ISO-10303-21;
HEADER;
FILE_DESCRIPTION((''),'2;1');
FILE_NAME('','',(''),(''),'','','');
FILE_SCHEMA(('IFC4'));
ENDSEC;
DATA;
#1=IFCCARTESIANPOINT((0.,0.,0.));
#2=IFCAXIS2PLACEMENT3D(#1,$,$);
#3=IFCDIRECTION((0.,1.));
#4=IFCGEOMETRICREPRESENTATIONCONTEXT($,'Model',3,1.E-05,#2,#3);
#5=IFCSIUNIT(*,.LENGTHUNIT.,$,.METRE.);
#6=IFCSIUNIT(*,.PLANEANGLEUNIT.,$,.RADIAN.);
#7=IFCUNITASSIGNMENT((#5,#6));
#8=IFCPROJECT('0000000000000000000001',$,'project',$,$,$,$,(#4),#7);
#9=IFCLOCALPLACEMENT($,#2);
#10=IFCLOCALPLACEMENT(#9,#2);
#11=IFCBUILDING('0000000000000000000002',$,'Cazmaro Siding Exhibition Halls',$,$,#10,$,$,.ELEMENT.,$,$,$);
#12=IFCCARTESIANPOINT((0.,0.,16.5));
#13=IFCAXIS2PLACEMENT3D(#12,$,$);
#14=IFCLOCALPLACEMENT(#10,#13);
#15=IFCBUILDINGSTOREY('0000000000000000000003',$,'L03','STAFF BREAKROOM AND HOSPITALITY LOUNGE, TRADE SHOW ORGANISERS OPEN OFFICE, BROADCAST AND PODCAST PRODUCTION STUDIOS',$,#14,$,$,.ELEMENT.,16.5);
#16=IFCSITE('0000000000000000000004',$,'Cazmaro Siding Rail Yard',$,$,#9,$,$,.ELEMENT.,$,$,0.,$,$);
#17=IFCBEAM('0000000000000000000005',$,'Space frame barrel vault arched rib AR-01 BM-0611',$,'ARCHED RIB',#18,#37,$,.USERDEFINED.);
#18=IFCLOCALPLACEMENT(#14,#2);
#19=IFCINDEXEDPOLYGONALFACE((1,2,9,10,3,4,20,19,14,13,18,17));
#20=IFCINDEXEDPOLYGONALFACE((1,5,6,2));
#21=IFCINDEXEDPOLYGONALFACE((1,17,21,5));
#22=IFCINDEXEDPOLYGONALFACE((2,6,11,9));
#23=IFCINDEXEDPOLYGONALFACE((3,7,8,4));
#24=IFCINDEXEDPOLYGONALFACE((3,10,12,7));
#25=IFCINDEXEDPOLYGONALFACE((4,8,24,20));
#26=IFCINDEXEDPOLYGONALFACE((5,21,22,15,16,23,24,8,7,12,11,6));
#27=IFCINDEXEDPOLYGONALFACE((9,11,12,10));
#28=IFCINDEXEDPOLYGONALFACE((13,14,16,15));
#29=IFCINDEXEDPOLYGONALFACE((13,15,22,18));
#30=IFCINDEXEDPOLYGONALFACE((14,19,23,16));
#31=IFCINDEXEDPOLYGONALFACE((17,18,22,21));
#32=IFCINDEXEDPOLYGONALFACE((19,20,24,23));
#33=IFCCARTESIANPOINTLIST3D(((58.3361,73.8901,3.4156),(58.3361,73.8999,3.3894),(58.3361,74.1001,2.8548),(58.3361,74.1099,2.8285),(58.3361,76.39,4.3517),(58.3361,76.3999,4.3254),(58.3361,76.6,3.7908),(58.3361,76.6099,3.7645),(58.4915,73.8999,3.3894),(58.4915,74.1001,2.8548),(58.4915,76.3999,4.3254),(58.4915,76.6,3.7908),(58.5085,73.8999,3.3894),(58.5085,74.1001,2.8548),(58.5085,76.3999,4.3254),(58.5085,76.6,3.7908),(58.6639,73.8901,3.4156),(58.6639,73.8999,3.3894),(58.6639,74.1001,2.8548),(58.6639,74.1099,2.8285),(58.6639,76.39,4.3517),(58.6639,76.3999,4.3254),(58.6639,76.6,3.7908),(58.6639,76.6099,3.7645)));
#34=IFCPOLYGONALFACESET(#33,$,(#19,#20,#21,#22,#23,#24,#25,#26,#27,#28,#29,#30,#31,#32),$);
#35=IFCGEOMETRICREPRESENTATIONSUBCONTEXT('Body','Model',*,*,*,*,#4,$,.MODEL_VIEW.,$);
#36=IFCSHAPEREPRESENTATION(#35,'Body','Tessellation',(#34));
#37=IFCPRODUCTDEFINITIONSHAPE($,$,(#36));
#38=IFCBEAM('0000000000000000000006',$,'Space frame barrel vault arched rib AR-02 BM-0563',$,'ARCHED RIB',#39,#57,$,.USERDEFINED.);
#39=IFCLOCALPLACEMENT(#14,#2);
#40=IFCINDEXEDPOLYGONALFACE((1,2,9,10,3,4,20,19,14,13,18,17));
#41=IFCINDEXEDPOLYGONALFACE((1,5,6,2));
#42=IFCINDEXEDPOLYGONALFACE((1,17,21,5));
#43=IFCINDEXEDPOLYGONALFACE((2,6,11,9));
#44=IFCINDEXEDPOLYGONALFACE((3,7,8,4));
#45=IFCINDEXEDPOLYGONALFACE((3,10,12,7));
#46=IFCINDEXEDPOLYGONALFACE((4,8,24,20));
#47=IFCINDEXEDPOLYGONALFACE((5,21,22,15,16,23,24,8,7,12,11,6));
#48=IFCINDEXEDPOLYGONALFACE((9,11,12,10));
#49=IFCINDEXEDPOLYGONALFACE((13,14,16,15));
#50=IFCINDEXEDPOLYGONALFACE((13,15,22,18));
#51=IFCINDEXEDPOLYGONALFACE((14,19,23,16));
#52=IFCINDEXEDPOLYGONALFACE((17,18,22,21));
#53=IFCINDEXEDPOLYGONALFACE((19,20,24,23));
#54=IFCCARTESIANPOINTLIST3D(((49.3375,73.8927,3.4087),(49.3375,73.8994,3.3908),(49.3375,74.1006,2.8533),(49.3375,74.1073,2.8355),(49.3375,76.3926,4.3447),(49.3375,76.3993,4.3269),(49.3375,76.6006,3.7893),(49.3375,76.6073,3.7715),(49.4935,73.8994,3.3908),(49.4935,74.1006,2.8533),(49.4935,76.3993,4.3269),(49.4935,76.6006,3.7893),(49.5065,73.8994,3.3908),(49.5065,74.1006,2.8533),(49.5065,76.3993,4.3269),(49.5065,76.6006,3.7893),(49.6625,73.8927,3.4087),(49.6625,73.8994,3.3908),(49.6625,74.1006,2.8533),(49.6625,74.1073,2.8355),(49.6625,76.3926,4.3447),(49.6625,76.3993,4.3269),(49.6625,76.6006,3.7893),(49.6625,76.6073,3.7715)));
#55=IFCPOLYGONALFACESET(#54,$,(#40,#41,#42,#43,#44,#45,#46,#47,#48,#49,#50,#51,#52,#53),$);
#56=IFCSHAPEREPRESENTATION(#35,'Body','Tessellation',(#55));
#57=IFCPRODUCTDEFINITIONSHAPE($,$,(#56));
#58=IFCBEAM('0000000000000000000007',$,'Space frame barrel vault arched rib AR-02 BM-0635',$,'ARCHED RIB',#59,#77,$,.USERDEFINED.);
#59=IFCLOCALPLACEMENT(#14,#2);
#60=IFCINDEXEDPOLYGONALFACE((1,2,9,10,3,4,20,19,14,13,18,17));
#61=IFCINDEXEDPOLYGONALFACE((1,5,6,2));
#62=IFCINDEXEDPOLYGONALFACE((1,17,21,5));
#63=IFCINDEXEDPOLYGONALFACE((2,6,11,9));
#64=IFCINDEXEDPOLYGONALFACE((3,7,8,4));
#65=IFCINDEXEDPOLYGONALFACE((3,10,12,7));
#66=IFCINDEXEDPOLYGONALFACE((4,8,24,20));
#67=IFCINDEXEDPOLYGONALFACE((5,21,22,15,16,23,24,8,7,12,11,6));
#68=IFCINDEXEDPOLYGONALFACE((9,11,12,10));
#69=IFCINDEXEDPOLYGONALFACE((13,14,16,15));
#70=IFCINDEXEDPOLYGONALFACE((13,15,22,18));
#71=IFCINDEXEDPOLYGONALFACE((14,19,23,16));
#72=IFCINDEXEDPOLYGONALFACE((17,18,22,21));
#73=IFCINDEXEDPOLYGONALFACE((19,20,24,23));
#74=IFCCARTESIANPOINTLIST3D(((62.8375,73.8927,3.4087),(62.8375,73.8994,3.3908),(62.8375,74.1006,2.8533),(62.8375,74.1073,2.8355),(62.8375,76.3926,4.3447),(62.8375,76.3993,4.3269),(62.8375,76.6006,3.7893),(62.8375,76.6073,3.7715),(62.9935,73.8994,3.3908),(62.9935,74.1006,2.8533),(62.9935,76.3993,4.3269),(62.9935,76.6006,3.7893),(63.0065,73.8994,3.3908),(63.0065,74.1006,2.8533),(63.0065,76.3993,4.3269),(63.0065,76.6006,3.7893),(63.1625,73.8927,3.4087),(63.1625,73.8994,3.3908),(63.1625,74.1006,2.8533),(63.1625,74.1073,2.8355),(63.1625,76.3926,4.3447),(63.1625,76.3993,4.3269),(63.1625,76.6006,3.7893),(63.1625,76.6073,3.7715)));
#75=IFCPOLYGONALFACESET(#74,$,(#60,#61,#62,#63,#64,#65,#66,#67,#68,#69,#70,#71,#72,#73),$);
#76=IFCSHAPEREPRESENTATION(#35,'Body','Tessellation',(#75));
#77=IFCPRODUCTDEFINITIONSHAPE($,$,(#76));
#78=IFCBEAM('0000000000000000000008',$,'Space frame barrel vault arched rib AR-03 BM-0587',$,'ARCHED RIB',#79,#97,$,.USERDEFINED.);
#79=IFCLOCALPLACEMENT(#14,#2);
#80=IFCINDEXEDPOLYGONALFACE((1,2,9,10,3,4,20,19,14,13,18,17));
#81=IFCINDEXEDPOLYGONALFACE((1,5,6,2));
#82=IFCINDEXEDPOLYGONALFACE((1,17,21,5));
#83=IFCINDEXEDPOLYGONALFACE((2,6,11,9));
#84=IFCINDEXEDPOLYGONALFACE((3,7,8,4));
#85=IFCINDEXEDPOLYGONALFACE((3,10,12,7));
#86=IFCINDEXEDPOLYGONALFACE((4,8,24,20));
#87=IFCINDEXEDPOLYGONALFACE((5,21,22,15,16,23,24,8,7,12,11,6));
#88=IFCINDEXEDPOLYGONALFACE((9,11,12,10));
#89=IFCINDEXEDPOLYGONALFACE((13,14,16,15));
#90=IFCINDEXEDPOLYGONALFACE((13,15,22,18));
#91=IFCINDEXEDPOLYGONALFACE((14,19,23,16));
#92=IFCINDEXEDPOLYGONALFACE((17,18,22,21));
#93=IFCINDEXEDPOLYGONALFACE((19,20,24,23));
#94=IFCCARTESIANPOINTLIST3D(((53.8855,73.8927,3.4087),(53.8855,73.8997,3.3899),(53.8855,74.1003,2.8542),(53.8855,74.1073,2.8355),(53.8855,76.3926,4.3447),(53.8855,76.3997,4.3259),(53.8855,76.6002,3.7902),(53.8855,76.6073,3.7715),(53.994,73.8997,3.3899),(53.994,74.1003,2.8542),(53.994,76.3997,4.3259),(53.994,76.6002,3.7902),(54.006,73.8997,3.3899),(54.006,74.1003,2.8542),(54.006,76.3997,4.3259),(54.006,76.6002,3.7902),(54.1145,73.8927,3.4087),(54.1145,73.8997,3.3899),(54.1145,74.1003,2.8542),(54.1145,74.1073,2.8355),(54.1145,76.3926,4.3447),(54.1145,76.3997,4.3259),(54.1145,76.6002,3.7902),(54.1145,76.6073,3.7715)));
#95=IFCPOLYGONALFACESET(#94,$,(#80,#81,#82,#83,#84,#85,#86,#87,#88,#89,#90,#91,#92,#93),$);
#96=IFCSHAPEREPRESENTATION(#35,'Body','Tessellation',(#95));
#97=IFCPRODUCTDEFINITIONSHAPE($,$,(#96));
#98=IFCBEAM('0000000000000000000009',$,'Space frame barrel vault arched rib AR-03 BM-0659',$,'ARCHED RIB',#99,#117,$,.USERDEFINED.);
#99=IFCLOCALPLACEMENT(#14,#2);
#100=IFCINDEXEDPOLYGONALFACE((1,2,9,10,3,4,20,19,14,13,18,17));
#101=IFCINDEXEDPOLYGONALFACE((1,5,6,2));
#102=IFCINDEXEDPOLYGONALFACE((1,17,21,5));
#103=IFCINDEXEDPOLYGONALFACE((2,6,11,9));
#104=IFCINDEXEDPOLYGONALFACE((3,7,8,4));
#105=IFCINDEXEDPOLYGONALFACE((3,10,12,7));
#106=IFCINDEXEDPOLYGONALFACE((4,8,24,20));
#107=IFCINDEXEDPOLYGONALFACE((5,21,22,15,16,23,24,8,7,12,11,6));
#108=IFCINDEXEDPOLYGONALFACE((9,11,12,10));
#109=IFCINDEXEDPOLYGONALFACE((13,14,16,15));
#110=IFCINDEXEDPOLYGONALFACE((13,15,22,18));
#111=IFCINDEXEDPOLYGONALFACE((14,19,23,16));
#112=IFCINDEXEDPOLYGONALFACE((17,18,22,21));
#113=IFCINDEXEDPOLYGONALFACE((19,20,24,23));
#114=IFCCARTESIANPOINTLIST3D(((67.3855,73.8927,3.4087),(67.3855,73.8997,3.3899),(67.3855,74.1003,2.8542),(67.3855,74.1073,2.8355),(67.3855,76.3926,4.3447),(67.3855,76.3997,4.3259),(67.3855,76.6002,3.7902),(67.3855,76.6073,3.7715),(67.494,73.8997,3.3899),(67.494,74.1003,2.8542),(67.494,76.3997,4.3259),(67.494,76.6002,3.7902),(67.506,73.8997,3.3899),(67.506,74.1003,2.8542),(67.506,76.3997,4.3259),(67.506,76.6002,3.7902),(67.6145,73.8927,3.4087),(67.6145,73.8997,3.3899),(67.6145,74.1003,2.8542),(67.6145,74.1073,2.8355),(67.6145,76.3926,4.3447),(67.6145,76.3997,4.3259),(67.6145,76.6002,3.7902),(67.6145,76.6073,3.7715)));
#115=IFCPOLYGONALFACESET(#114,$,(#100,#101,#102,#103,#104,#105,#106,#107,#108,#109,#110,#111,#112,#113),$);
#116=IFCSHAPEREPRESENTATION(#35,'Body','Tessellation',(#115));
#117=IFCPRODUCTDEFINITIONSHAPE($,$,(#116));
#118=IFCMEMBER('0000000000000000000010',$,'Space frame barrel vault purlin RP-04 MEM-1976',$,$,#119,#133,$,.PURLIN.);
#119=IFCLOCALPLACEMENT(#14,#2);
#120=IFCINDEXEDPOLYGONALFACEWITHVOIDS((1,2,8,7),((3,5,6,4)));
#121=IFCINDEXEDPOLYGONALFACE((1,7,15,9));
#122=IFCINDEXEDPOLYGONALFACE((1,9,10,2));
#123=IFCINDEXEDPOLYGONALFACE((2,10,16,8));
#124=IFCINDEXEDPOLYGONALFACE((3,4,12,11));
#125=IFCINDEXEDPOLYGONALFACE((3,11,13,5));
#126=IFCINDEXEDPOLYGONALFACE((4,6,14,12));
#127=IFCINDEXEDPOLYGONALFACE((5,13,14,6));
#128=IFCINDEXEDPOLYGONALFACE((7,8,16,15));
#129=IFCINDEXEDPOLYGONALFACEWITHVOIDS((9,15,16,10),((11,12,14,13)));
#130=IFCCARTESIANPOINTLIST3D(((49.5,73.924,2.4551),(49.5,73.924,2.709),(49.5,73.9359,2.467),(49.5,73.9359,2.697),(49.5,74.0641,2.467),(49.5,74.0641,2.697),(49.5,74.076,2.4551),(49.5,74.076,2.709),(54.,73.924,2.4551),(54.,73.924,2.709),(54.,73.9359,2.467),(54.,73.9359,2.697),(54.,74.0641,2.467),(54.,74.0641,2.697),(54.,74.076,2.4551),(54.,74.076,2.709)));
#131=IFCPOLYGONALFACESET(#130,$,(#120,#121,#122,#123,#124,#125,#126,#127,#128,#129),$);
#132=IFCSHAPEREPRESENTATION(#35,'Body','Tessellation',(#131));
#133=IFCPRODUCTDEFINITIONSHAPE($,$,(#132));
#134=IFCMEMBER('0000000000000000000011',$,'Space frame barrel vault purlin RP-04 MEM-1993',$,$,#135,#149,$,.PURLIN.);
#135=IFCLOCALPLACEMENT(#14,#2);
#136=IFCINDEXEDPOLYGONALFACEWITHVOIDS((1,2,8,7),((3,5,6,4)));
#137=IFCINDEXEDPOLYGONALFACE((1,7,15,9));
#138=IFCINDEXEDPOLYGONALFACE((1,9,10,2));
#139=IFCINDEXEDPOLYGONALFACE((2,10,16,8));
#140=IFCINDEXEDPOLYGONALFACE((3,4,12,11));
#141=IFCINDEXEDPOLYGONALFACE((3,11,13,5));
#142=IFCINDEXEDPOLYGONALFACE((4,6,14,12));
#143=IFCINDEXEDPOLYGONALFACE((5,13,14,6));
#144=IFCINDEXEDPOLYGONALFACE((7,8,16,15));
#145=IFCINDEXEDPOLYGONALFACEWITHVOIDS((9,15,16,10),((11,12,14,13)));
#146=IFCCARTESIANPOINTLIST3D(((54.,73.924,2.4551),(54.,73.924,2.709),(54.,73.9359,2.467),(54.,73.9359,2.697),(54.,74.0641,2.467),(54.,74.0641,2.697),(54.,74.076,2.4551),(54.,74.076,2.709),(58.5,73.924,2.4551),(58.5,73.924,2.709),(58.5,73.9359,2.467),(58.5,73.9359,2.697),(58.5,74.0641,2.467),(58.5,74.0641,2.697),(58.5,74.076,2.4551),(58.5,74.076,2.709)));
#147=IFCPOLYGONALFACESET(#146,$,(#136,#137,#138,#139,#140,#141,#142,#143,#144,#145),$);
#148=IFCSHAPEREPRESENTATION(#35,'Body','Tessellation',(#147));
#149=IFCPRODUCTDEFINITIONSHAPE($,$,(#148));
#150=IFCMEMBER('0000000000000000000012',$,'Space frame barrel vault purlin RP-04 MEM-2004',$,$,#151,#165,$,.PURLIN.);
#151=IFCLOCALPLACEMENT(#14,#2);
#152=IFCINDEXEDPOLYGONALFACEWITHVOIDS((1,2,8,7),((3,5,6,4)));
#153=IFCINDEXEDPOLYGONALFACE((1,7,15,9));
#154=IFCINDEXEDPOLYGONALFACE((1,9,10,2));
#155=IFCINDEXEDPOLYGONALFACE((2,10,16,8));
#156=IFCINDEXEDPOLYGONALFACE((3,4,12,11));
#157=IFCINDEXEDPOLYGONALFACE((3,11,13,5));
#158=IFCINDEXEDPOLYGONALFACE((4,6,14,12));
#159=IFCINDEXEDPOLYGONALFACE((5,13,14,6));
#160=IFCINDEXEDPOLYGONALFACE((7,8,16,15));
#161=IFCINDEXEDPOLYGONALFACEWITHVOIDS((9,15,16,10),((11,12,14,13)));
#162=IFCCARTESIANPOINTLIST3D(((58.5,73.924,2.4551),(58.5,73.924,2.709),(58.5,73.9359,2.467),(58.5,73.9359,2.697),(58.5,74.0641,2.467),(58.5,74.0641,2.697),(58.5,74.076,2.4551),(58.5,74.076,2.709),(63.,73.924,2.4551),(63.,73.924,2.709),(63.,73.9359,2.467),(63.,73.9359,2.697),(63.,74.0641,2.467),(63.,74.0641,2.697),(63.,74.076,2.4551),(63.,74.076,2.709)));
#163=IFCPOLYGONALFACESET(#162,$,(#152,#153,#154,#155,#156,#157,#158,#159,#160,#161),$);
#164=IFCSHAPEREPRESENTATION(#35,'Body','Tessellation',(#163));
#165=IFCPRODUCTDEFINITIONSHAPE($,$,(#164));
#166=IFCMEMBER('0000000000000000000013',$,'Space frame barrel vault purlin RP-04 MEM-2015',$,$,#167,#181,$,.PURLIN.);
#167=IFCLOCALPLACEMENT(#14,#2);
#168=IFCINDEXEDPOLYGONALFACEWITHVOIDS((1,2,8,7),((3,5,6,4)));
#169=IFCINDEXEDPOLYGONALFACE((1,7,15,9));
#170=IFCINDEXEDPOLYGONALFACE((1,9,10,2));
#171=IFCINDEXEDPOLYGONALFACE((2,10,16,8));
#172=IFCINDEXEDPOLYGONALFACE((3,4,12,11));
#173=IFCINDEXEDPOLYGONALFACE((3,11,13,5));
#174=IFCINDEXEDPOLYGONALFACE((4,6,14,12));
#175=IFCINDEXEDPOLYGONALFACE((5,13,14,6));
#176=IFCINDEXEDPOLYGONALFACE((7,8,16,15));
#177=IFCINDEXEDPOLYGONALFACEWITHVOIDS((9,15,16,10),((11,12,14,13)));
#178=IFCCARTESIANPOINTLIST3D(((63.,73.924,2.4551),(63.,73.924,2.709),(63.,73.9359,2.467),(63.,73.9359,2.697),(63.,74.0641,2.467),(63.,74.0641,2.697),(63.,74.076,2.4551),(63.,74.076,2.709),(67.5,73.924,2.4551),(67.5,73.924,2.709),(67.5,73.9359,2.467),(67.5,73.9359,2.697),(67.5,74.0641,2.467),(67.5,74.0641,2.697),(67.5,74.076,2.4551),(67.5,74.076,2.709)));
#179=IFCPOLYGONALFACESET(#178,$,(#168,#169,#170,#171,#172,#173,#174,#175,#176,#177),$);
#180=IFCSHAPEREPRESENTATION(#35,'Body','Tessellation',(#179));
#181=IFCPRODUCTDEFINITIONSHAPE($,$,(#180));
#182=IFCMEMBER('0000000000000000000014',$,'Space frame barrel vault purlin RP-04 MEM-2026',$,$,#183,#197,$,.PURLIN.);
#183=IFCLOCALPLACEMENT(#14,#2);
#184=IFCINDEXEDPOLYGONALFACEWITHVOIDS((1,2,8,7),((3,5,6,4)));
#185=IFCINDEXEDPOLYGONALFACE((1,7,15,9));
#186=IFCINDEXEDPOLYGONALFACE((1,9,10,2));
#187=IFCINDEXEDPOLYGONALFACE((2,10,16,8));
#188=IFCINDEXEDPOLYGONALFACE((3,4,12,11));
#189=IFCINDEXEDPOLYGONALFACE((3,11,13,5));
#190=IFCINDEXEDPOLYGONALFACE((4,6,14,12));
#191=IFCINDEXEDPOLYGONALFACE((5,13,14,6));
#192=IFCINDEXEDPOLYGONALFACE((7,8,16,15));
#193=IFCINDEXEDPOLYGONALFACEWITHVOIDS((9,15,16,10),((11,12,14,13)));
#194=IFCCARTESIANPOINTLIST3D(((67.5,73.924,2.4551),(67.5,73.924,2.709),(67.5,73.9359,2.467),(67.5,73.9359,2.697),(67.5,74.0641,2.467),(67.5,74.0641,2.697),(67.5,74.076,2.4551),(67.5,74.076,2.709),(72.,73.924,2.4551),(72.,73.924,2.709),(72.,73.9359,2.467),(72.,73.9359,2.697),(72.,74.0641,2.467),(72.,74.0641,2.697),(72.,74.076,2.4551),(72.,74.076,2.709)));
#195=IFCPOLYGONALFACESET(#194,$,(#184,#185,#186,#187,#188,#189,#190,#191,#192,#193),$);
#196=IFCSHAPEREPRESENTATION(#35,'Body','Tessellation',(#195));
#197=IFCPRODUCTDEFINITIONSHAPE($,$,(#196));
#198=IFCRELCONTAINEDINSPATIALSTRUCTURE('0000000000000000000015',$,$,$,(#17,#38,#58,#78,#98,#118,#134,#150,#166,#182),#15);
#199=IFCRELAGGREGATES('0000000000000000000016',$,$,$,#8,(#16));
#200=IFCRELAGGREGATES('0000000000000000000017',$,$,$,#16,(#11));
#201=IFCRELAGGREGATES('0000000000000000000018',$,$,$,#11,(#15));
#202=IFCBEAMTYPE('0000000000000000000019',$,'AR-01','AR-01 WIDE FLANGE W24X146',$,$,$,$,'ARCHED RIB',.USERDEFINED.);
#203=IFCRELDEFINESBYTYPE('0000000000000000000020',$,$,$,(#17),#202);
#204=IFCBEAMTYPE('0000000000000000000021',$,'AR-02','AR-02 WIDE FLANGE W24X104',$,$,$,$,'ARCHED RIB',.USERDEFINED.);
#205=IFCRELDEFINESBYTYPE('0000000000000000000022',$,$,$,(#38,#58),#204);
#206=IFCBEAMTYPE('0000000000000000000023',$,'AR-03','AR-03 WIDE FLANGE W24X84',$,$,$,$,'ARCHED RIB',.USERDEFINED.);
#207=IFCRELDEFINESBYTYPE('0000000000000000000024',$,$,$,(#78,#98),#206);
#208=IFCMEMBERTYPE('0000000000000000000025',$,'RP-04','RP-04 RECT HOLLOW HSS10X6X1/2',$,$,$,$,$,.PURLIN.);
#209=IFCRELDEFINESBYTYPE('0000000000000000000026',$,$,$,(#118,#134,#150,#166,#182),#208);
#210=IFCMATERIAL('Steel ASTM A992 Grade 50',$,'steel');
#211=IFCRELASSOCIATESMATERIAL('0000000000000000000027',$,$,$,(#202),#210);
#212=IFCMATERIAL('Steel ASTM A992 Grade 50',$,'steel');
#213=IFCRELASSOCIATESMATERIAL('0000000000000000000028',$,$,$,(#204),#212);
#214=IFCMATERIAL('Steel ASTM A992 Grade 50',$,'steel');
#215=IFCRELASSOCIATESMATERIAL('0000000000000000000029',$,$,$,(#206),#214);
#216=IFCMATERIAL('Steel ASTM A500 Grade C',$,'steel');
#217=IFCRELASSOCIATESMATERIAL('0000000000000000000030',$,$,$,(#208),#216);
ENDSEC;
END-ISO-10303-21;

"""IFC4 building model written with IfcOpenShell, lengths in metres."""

from ifc_helpers import new_model, si_unit, direction, frame, origin, origin_2d, place, context, subcontext, project, spatial, hollow_rectangle, i_section, extrude, material, material_profile, profile_set, type_object, element, save


model = new_model("IFC4")

# Units and contexts
model_context = context("Model", 3, precision=1e-05, world=origin(), true_north=direction((0.0, 1.0)))
body_context = subcontext(model_context, "Body", "Model", "MODEL_VIEW")
ifc_project = project(units=[si_unit("LENGTHUNIT", "METRE"), si_unit("PLANEANGLEUNIT", "RADIAN")], contexts=[model_context])

# Site, building, storey
site_placement = place(None, origin())
site = spatial("IfcSite", under=ifc_project, at=site_placement, Name="Cazmaro Siding Rail Yard", CompositionType="ELEMENT", RefElevation=0.0)
building_placement = place(site_placement, origin())
building = spatial("IfcBuilding", under=site, at=building_placement, Name="Cazmaro Siding Exhibition Halls", CompositionType="ELEMENT")
storey_placement = place(building_placement, frame((0.0, 0.0, 16.5)))
storey = spatial("IfcBuildingStorey", under=building, at=storey_placement, Name="L03", Description="STAFF BREAKROOM AND HOSPITALITY LOUNGE, TRADE SHOW ORGANISERS OPEN OFFICE, BROADCAST AND PODCAST PRODUCTION STUDIOS", CompositionType="ELEMENT", Elevation=16.5)

# Beams
ifc_material_1 = material(Name="Steel ASTM A992 Grade 50", Category="steel")
ifc_material_profile_1 = material_profile(ifc_material_1, i_section(OverallWidth=0.3279, OverallDepth=0.627, WebThickness=0.0171, FlangeThickness=0.0281, at=origin_2d()), Name="W24X146")
ifc_profile_set_1 = profile_set([ifc_material_profile_1], Name="Steel ASTM A992 Grade 50")
beam_type_1 = type_object("IfcBeamType", Name="AR-01", Description="AR-01 WIDE FLANGE W24X146", ElementType="ARCHED RIB", PredefinedType="USERDEFINED", material=ifc_profile_set_1)
beam_placement = place(storey_placement, frame((58.5, 74.0, 3.1221), z_axis=(0.0, 0.936509, 0.350642), x_axis=(-1.0, 0.0, 0.0)))
element("IfcBeam", 1, at=beam_placement, inside=storey, type_object=beam_type_1, Name="Space frame barrel vault arched rib AR-01 BM-0611", ObjectType="ARCHED RIB", PredefinedType="USERDEFINED", context=body_context, shape_type="SweptSolid", body=[
    extrude(i_section(OverallWidth=0.3279, OverallDepth=0.627, WebThickness=0.0171, FlangeThickness=0.0281, at=origin_2d()), origin(), (0.0, 0.0, 1.0), 2.6694),
])
ifc_material_2 = material(Name="Steel ASTM A992 Grade 50", Category="steel")
ifc_material_profile_2 = material_profile(ifc_material_2, i_section(OverallWidth=0.325, OverallDepth=0.6121, WebThickness=0.0129, FlangeThickness=0.019, at=origin_2d()), Name="W24X104")
ifc_profile_set_2 = profile_set([ifc_material_profile_2], Name="Steel ASTM A992 Grade 50")
beam_type_2 = type_object("IfcBeamType", Name="AR-02", Description="AR-02 WIDE FLANGE W24X104", ElementType="ARCHED RIB", PredefinedType="USERDEFINED", material=ifc_profile_set_2)
for number, where, z_axis, x_axis, name in (
    (2, (49.5, 74.0, 3.1221), (0.0, 0.936509, 0.350642), (-1.0, 0.0, 0.0), "Space frame barrel vault arched rib AR-02 BM-0563"),
    (3, (63.0, 74.0, 3.1221), (0.0, 0.936509, 0.350642), (-1.0, 0.0, 0.0), "Space frame barrel vault arched rib AR-02 BM-0635"),
):
    element("IfcBeam", number, at=place(storey_placement, frame(where, z_axis=z_axis, x_axis=x_axis)), inside=storey, type_object=beam_type_2, Name=name, ObjectType="ARCHED RIB", PredefinedType="USERDEFINED", context=body_context, shape_type="SweptSolid", body=[
        extrude(i_section(OverallWidth=0.325, OverallDepth=0.6121, WebThickness=0.0129, FlangeThickness=0.019, at=origin_2d()), origin(), (0.0, 0.0, 1.0), 2.6694),
    ])
ifc_material_3 = material(Name="Steel ASTM A992 Grade 50", Category="steel")
ifc_material_profile_3 = material_profile(ifc_material_3, i_section(OverallWidth=0.229, OverallDepth=0.6121, WebThickness=0.012, FlangeThickness=0.02, at=origin_2d()), Name="W24X84")
ifc_profile_set_3 = profile_set([ifc_material_profile_3], Name="Steel ASTM A992 Grade 50")
beam_type_3 = type_object("IfcBeamType", Name="AR-03", Description="AR-03 WIDE FLANGE W24X84", ElementType="ARCHED RIB", PredefinedType="USERDEFINED", material=ifc_profile_set_3)
for number, where, z_axis, x_axis, name in (
    (4, (54.0, 74.0, 3.1221), (0.0, 0.936509, 0.350642), (-1.0, 0.0, 0.0), "Space frame barrel vault arched rib AR-03 BM-0587"),
    (5, (67.5, 74.0, 3.1221), (0.0, 0.936509, 0.350642), (-1.0, 0.0, 0.0), "Space frame barrel vault arched rib AR-03 BM-0659"),
):
    element("IfcBeam", number, at=place(storey_placement, frame(where, z_axis=z_axis, x_axis=x_axis)), inside=storey, type_object=beam_type_3, Name=name, ObjectType="ARCHED RIB", PredefinedType="USERDEFINED", context=body_context, shape_type="SweptSolid", body=[
        extrude(i_section(OverallWidth=0.229, OverallDepth=0.6121, WebThickness=0.012, FlangeThickness=0.02, at=origin_2d()), origin(), (0.0, 0.0, 1.0), 2.6694),
    ])

# Members
ifc_material_4 = material(Name="Steel ASTM A500 Grade C", Category="steel")
ifc_material_profile_4 = material_profile(ifc_material_4, hollow_rectangle(XDim=0.1521, YDim=0.2539, WallThickness=0.012, at=origin_2d()), Name="HSS10X6X1/2")
ifc_profile_set_4 = profile_set([ifc_material_profile_4], Name="Steel ASTM A500 Grade C")
member_type_1 = type_object("IfcMemberType", Name="RP-04", Description="RP-04 RECT HOLLOW HSS10X6X1/2", PredefinedType="PURLIN", material=ifc_profile_set_4)
for number, where, z_axis, x_axis, name in (
    (6, (49.5, 74.0, 2.582), (1.0, 0.0, 0.0), (0.0, 1.0, 0.0), "Space frame barrel vault purlin RP-04 MEM-1976"),
    (7, (54.0, 74.0, 2.582), (1.0, 0.0, 0.0), (0.0, 1.0, 0.0), "Space frame barrel vault purlin RP-04 MEM-1993"),
    (8, (58.5, 74.0, 2.582), (1.0, 0.0, 0.0), (0.0, 1.0, 0.0), "Space frame barrel vault purlin RP-04 MEM-2004"),
    (9, (63.0, 74.0, 2.582), (1.0, 0.0, 0.0), (0.0, 1.0, 0.0), "Space frame barrel vault purlin RP-04 MEM-2015"),
    (10, (67.5, 74.0, 2.582), (1.0, 0.0, 0.0), (0.0, 1.0, 0.0), "Space frame barrel vault purlin RP-04 MEM-2026"),
):
    element("IfcMember", number, at=place(storey_placement, frame(where, z_axis=z_axis, x_axis=x_axis)), inside=storey, type_object=member_type_1, Name=name, PredefinedType="PURLIN", context=body_context, shape_type="SweptSolid", body=[
        extrude(hollow_rectangle(XDim=0.1521, YDim=0.2539, WallThickness=0.012, at=origin_2d()), origin(), (0.0, 0.0, 1.0), 4.5),
    ])

save(model, "model.ifc")
